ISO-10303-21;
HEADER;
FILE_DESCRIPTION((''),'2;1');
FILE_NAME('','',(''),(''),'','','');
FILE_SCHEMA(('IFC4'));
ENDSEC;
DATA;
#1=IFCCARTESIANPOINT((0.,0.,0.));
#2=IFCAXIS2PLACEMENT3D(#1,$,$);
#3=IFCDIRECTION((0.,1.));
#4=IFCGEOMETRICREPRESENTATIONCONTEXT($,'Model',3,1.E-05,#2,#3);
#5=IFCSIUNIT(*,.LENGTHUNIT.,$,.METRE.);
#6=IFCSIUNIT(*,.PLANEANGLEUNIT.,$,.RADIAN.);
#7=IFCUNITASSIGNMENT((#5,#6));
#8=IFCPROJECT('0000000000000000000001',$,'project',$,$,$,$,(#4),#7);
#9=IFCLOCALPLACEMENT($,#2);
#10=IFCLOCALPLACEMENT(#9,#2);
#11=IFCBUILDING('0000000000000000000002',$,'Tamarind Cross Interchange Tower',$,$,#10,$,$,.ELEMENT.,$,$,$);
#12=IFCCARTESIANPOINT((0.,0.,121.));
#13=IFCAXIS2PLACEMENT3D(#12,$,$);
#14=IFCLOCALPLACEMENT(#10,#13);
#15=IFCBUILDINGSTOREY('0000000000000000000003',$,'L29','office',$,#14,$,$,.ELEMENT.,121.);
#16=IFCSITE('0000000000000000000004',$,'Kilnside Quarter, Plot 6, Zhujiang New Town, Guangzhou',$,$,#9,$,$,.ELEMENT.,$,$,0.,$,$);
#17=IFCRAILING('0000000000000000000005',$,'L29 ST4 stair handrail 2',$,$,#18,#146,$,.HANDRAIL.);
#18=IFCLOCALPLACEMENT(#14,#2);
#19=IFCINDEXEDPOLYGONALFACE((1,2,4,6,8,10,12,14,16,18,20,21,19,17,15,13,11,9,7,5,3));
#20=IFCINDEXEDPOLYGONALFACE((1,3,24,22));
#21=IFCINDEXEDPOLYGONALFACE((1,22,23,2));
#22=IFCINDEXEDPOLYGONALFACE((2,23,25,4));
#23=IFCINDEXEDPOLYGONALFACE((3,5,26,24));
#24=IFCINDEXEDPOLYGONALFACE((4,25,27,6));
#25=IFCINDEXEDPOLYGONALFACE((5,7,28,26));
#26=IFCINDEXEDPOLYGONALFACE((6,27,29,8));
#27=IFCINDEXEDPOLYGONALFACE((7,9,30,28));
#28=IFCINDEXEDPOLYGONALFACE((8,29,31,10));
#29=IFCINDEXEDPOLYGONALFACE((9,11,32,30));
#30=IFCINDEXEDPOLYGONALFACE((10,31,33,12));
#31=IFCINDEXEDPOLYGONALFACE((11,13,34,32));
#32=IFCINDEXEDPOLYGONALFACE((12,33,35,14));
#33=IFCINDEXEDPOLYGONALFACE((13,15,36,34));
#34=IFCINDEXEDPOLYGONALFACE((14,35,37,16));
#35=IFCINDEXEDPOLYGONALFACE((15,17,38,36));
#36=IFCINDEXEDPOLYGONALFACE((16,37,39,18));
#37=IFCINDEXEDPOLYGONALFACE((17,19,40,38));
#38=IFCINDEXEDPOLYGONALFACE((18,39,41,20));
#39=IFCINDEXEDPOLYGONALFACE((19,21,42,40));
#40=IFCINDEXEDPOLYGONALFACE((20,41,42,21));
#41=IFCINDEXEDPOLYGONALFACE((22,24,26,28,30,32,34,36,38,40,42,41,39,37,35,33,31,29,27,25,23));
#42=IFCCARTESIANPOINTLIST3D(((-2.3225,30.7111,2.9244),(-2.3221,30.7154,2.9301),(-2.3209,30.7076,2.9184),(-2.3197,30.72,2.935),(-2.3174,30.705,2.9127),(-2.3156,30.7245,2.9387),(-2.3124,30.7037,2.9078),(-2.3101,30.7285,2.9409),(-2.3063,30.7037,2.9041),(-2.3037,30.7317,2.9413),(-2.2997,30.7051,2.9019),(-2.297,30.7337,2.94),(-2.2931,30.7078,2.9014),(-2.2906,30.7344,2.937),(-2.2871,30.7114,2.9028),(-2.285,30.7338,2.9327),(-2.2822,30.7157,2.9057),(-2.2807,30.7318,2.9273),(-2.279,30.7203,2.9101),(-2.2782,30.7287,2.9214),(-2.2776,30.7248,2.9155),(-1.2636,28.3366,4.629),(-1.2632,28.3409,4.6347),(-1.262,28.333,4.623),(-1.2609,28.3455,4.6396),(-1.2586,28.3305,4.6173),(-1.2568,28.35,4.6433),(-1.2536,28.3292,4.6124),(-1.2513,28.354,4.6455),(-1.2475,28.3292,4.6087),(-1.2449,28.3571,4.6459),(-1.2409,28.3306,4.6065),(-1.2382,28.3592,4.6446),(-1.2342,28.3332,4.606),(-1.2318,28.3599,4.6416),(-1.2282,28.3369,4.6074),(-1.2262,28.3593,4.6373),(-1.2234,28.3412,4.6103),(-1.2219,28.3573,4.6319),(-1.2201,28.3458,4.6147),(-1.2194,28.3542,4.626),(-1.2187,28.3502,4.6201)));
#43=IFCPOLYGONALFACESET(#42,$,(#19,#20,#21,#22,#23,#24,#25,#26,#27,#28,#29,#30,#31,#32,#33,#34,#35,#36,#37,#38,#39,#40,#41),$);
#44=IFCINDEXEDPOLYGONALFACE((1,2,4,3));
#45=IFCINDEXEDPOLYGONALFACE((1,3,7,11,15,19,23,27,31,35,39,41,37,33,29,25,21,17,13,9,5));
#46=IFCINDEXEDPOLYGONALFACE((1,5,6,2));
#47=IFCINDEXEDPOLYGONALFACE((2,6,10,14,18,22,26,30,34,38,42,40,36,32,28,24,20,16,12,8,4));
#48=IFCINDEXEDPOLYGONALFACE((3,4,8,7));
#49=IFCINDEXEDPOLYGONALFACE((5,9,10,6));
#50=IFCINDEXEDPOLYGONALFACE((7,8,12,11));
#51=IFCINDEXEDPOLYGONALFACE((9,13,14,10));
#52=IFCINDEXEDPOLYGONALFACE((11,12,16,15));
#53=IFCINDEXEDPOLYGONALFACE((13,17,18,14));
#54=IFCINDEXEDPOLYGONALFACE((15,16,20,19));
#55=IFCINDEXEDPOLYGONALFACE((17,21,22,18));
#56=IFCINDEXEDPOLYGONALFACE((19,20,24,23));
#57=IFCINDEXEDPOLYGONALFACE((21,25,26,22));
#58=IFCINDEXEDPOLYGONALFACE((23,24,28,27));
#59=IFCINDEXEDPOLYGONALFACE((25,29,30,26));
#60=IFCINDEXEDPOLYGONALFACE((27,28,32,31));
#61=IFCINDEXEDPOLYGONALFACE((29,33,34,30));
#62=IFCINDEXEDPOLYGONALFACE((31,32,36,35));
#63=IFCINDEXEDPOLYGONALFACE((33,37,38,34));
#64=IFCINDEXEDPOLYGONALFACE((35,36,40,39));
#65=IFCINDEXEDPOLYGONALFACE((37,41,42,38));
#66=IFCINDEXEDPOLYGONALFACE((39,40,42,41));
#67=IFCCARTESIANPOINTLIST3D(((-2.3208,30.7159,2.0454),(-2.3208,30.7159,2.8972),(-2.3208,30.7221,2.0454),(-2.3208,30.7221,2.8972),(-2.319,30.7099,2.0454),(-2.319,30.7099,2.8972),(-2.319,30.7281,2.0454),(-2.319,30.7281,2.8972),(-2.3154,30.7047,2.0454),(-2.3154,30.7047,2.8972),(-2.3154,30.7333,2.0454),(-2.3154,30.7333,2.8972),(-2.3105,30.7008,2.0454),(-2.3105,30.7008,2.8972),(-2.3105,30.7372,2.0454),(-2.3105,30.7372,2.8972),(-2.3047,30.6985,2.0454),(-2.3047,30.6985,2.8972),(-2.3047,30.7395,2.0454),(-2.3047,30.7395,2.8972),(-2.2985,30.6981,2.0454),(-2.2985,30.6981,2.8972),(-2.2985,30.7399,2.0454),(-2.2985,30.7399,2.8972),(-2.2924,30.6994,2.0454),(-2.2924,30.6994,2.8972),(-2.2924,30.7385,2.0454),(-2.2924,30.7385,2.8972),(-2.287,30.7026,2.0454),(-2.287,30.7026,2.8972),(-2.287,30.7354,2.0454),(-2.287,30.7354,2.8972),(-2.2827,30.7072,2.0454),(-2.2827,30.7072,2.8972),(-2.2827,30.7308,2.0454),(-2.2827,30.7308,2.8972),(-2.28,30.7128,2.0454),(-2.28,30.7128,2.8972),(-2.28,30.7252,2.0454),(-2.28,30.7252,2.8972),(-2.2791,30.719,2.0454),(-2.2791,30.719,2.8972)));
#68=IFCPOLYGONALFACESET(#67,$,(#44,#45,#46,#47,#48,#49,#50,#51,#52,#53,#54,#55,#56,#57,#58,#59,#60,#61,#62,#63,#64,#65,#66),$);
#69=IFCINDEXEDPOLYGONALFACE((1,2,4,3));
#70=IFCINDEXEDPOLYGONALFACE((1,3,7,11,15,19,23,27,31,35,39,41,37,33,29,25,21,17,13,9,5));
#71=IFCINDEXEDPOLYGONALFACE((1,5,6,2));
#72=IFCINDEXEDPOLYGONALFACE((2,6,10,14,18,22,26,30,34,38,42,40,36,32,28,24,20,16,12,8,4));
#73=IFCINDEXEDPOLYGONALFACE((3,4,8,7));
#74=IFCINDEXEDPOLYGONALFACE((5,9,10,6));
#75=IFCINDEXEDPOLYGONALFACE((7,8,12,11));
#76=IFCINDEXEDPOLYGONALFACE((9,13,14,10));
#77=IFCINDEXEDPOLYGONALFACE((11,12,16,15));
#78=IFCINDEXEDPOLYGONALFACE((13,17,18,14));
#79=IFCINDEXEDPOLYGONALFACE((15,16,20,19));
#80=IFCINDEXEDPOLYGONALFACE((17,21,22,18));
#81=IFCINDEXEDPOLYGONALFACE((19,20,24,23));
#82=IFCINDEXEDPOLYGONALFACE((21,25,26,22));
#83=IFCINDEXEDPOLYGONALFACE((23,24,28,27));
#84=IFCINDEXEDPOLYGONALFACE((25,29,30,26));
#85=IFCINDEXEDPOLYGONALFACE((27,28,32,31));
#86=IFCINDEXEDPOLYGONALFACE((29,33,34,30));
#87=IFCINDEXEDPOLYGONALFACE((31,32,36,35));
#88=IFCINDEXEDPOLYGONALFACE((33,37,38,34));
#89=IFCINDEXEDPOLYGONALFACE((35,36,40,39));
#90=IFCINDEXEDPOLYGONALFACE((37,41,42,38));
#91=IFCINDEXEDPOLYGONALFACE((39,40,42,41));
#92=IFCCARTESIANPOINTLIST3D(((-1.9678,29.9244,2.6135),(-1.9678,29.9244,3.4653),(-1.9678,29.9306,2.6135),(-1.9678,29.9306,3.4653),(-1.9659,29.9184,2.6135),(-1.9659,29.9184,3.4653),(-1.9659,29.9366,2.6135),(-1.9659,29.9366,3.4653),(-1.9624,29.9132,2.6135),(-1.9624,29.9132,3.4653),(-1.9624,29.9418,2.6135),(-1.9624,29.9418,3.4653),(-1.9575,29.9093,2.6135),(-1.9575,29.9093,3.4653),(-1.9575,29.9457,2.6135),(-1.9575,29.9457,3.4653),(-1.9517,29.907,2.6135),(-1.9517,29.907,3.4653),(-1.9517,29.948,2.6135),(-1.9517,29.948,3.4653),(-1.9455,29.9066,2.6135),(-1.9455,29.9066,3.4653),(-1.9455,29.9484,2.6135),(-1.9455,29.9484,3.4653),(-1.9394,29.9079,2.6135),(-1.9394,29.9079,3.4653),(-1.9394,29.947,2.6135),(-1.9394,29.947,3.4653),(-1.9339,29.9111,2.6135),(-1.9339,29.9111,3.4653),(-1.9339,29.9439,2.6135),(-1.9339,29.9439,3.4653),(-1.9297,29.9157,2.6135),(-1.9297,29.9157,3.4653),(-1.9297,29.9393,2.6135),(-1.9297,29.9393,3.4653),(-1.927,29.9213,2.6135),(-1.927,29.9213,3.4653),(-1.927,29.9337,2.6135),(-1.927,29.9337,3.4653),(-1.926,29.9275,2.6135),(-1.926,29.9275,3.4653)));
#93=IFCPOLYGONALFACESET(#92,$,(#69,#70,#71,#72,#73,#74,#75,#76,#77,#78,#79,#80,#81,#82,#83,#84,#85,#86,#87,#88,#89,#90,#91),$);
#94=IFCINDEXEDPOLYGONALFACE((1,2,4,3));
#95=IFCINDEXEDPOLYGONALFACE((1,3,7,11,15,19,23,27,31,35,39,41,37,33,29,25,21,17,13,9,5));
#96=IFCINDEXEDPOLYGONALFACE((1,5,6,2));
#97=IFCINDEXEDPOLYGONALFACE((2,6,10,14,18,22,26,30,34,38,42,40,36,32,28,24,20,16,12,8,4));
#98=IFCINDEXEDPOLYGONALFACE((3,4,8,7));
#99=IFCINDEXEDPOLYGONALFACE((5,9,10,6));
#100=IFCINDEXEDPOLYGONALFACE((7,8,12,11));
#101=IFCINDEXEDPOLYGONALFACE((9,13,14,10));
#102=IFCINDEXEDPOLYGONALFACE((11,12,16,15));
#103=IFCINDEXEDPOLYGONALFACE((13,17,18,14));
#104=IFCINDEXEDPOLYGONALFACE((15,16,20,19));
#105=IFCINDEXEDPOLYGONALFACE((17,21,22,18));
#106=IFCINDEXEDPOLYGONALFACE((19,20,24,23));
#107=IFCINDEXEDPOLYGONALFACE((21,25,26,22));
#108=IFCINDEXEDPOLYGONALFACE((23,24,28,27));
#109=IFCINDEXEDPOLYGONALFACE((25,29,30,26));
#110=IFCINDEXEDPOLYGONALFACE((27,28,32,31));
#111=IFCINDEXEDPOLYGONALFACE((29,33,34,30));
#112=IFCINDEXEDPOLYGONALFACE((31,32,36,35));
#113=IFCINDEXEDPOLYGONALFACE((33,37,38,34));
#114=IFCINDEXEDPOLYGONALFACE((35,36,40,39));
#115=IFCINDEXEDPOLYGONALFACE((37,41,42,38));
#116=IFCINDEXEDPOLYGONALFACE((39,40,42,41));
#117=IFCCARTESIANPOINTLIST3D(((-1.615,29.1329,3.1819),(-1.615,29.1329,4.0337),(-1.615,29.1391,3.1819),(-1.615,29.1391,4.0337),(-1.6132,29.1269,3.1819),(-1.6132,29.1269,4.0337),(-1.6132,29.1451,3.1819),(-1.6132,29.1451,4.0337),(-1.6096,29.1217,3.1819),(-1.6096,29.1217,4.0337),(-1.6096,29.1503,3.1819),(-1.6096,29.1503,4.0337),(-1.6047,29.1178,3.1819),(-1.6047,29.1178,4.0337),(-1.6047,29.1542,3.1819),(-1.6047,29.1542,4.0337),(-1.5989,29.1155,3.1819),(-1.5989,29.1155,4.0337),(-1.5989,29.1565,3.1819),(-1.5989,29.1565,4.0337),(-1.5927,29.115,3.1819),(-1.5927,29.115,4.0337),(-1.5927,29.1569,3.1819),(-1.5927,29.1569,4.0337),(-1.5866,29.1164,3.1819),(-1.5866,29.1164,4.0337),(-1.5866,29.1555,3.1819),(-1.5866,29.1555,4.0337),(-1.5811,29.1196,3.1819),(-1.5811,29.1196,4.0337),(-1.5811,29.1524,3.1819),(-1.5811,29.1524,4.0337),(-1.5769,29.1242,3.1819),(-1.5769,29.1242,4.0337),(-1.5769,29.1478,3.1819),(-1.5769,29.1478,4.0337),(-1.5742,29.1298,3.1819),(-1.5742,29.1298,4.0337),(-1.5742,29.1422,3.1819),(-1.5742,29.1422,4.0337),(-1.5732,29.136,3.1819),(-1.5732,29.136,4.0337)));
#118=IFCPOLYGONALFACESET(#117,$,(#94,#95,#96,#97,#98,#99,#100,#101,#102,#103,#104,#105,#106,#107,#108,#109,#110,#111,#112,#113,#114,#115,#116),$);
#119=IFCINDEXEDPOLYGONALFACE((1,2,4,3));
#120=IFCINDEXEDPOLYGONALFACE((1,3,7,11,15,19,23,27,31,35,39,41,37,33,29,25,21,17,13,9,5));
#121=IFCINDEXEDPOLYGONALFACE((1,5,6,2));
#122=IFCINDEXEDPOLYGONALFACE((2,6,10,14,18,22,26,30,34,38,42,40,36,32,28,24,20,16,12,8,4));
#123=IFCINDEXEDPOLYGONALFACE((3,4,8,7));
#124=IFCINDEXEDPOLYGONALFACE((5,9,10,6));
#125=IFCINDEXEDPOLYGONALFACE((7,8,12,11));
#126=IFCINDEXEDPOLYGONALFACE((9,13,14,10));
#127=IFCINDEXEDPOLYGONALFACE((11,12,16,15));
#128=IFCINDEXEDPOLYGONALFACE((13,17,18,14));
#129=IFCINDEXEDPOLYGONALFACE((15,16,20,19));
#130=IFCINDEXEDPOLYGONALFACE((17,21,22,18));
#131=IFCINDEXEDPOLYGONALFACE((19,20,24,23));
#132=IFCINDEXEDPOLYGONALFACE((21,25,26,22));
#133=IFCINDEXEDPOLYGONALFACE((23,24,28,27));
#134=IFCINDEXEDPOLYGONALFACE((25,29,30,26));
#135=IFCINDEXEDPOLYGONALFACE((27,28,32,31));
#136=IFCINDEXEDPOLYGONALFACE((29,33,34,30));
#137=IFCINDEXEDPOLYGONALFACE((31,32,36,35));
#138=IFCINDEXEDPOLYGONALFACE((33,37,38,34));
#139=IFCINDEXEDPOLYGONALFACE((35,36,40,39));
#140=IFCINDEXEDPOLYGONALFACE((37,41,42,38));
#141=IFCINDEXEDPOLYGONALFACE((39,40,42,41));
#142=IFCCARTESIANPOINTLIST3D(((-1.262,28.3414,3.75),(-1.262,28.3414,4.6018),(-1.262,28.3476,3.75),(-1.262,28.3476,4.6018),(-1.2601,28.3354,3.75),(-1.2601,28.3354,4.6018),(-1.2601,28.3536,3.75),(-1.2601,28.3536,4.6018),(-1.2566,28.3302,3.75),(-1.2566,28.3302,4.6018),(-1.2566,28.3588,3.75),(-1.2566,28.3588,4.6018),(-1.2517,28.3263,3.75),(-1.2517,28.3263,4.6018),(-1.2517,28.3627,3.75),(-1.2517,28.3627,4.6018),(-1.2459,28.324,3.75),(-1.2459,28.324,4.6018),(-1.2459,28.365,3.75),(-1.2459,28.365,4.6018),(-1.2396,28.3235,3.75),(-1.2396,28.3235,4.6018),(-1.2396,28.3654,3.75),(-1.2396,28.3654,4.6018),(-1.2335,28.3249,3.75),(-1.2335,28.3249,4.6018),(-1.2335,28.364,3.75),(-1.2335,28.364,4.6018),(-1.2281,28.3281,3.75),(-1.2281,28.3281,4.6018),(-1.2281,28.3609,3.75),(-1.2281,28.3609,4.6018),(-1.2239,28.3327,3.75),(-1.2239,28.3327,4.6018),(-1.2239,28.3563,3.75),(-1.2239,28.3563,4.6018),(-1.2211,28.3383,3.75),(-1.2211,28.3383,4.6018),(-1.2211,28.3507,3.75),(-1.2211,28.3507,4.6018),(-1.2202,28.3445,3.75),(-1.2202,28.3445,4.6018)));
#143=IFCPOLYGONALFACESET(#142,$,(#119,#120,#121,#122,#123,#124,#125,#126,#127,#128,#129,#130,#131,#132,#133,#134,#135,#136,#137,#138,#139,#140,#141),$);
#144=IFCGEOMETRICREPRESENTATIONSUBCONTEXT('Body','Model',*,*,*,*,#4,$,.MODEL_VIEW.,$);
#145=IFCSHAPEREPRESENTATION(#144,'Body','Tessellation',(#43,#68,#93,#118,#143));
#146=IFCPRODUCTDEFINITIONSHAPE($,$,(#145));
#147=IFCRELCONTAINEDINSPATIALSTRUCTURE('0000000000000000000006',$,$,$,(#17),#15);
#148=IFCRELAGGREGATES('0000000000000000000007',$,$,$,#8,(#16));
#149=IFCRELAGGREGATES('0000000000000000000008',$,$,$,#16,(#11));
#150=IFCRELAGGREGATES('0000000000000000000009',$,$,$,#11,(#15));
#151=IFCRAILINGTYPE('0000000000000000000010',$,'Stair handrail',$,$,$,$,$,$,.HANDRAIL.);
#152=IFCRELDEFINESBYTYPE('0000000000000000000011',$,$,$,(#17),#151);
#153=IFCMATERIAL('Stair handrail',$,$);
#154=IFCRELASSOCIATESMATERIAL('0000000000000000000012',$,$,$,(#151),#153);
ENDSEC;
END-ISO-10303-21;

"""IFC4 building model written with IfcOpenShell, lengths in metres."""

from ifc_helpers import new_model, si_unit, direction, frame, origin, origin_2d, place, context, subcontext, project, spatial, circle, extrude, material, type_object, element, save


model = new_model("IFC4")

# Units and contexts
model_context = context("Model", 3, precision=1e-05, world=origin(), true_north=direction((0.0, 1.0)))
body_context = subcontext(model_context, "Body", "Model", "MODEL_VIEW")
ifc_project = project(units=[si_unit("LENGTHUNIT", "METRE"), si_unit("PLANEANGLEUNIT", "RADIAN")], contexts=[model_context])

# Site, building, storey
site_placement = place(None, origin())
site = spatial("IfcSite", under=ifc_project, at=site_placement, Name="Kilnside Quarter, Plot 6, Zhujiang New Town, Guangzhou", CompositionType="ELEMENT", RefElevation=0.0)
building_placement = place(site_placement, origin())
building = spatial("IfcBuilding", under=site, at=building_placement, Name="Tamarind Cross Interchange Tower", CompositionType="ELEMENT")
storey_placement = place(building_placement, frame((0.0, 0.0, 121.0)))
storey = spatial("IfcBuildingStorey", under=building, at=storey_placement, Name="L29", Description="office", CompositionType="ELEMENT", Elevation=121.0)

# Railing
ifc_material_1 = material(Name="Stair handrail")
railing_type_1 = type_object("IfcRailingType", Name="Stair handrail", PredefinedType="HANDRAIL", material=ifc_material_1)
railing_1_placement = place(storey_placement, frame((-2.3, 30.719, 2.0454)))
element("IfcRailing", 1, at=railing_1_placement, inside=storey, type_object=railing_type_1, Name="L29 ST4 stair handrail 2", PredefinedType="HANDRAIL", context=body_context, shape_type="SweptSolid", body=[
    extrude(circle(Radius=0.0239, at=origin_2d()), frame((0.0, 0.0, 0.876), z_axis=(0.340586, -0.763786, 0.548299), x_axis=(0.913311, 0.407262, 0.0)), (0.0, 0.0, 1.0), 3.1089),
    extrude(circle(Radius=0.021, at=origin_2d()), origin(), (0.0, 0.0, 1.0), 0.8518),
    extrude(circle(Radius=0.021, at=origin_2d()), frame((0.353, -0.7915, 0.5681)), (0.0, 0.0, 1.0), 0.8518),
    extrude(circle(Radius=0.021, at=origin_2d()), frame((0.7058, -1.583, 1.1365)), (0.0, 0.0, 1.0), 0.8518),
    extrude(circle(Radius=0.021, at=origin_2d()), frame((1.0588, -2.3745, 1.7046)), (0.0, 0.0, 1.0), 0.8518),
])

save(model, "model.ifc")
